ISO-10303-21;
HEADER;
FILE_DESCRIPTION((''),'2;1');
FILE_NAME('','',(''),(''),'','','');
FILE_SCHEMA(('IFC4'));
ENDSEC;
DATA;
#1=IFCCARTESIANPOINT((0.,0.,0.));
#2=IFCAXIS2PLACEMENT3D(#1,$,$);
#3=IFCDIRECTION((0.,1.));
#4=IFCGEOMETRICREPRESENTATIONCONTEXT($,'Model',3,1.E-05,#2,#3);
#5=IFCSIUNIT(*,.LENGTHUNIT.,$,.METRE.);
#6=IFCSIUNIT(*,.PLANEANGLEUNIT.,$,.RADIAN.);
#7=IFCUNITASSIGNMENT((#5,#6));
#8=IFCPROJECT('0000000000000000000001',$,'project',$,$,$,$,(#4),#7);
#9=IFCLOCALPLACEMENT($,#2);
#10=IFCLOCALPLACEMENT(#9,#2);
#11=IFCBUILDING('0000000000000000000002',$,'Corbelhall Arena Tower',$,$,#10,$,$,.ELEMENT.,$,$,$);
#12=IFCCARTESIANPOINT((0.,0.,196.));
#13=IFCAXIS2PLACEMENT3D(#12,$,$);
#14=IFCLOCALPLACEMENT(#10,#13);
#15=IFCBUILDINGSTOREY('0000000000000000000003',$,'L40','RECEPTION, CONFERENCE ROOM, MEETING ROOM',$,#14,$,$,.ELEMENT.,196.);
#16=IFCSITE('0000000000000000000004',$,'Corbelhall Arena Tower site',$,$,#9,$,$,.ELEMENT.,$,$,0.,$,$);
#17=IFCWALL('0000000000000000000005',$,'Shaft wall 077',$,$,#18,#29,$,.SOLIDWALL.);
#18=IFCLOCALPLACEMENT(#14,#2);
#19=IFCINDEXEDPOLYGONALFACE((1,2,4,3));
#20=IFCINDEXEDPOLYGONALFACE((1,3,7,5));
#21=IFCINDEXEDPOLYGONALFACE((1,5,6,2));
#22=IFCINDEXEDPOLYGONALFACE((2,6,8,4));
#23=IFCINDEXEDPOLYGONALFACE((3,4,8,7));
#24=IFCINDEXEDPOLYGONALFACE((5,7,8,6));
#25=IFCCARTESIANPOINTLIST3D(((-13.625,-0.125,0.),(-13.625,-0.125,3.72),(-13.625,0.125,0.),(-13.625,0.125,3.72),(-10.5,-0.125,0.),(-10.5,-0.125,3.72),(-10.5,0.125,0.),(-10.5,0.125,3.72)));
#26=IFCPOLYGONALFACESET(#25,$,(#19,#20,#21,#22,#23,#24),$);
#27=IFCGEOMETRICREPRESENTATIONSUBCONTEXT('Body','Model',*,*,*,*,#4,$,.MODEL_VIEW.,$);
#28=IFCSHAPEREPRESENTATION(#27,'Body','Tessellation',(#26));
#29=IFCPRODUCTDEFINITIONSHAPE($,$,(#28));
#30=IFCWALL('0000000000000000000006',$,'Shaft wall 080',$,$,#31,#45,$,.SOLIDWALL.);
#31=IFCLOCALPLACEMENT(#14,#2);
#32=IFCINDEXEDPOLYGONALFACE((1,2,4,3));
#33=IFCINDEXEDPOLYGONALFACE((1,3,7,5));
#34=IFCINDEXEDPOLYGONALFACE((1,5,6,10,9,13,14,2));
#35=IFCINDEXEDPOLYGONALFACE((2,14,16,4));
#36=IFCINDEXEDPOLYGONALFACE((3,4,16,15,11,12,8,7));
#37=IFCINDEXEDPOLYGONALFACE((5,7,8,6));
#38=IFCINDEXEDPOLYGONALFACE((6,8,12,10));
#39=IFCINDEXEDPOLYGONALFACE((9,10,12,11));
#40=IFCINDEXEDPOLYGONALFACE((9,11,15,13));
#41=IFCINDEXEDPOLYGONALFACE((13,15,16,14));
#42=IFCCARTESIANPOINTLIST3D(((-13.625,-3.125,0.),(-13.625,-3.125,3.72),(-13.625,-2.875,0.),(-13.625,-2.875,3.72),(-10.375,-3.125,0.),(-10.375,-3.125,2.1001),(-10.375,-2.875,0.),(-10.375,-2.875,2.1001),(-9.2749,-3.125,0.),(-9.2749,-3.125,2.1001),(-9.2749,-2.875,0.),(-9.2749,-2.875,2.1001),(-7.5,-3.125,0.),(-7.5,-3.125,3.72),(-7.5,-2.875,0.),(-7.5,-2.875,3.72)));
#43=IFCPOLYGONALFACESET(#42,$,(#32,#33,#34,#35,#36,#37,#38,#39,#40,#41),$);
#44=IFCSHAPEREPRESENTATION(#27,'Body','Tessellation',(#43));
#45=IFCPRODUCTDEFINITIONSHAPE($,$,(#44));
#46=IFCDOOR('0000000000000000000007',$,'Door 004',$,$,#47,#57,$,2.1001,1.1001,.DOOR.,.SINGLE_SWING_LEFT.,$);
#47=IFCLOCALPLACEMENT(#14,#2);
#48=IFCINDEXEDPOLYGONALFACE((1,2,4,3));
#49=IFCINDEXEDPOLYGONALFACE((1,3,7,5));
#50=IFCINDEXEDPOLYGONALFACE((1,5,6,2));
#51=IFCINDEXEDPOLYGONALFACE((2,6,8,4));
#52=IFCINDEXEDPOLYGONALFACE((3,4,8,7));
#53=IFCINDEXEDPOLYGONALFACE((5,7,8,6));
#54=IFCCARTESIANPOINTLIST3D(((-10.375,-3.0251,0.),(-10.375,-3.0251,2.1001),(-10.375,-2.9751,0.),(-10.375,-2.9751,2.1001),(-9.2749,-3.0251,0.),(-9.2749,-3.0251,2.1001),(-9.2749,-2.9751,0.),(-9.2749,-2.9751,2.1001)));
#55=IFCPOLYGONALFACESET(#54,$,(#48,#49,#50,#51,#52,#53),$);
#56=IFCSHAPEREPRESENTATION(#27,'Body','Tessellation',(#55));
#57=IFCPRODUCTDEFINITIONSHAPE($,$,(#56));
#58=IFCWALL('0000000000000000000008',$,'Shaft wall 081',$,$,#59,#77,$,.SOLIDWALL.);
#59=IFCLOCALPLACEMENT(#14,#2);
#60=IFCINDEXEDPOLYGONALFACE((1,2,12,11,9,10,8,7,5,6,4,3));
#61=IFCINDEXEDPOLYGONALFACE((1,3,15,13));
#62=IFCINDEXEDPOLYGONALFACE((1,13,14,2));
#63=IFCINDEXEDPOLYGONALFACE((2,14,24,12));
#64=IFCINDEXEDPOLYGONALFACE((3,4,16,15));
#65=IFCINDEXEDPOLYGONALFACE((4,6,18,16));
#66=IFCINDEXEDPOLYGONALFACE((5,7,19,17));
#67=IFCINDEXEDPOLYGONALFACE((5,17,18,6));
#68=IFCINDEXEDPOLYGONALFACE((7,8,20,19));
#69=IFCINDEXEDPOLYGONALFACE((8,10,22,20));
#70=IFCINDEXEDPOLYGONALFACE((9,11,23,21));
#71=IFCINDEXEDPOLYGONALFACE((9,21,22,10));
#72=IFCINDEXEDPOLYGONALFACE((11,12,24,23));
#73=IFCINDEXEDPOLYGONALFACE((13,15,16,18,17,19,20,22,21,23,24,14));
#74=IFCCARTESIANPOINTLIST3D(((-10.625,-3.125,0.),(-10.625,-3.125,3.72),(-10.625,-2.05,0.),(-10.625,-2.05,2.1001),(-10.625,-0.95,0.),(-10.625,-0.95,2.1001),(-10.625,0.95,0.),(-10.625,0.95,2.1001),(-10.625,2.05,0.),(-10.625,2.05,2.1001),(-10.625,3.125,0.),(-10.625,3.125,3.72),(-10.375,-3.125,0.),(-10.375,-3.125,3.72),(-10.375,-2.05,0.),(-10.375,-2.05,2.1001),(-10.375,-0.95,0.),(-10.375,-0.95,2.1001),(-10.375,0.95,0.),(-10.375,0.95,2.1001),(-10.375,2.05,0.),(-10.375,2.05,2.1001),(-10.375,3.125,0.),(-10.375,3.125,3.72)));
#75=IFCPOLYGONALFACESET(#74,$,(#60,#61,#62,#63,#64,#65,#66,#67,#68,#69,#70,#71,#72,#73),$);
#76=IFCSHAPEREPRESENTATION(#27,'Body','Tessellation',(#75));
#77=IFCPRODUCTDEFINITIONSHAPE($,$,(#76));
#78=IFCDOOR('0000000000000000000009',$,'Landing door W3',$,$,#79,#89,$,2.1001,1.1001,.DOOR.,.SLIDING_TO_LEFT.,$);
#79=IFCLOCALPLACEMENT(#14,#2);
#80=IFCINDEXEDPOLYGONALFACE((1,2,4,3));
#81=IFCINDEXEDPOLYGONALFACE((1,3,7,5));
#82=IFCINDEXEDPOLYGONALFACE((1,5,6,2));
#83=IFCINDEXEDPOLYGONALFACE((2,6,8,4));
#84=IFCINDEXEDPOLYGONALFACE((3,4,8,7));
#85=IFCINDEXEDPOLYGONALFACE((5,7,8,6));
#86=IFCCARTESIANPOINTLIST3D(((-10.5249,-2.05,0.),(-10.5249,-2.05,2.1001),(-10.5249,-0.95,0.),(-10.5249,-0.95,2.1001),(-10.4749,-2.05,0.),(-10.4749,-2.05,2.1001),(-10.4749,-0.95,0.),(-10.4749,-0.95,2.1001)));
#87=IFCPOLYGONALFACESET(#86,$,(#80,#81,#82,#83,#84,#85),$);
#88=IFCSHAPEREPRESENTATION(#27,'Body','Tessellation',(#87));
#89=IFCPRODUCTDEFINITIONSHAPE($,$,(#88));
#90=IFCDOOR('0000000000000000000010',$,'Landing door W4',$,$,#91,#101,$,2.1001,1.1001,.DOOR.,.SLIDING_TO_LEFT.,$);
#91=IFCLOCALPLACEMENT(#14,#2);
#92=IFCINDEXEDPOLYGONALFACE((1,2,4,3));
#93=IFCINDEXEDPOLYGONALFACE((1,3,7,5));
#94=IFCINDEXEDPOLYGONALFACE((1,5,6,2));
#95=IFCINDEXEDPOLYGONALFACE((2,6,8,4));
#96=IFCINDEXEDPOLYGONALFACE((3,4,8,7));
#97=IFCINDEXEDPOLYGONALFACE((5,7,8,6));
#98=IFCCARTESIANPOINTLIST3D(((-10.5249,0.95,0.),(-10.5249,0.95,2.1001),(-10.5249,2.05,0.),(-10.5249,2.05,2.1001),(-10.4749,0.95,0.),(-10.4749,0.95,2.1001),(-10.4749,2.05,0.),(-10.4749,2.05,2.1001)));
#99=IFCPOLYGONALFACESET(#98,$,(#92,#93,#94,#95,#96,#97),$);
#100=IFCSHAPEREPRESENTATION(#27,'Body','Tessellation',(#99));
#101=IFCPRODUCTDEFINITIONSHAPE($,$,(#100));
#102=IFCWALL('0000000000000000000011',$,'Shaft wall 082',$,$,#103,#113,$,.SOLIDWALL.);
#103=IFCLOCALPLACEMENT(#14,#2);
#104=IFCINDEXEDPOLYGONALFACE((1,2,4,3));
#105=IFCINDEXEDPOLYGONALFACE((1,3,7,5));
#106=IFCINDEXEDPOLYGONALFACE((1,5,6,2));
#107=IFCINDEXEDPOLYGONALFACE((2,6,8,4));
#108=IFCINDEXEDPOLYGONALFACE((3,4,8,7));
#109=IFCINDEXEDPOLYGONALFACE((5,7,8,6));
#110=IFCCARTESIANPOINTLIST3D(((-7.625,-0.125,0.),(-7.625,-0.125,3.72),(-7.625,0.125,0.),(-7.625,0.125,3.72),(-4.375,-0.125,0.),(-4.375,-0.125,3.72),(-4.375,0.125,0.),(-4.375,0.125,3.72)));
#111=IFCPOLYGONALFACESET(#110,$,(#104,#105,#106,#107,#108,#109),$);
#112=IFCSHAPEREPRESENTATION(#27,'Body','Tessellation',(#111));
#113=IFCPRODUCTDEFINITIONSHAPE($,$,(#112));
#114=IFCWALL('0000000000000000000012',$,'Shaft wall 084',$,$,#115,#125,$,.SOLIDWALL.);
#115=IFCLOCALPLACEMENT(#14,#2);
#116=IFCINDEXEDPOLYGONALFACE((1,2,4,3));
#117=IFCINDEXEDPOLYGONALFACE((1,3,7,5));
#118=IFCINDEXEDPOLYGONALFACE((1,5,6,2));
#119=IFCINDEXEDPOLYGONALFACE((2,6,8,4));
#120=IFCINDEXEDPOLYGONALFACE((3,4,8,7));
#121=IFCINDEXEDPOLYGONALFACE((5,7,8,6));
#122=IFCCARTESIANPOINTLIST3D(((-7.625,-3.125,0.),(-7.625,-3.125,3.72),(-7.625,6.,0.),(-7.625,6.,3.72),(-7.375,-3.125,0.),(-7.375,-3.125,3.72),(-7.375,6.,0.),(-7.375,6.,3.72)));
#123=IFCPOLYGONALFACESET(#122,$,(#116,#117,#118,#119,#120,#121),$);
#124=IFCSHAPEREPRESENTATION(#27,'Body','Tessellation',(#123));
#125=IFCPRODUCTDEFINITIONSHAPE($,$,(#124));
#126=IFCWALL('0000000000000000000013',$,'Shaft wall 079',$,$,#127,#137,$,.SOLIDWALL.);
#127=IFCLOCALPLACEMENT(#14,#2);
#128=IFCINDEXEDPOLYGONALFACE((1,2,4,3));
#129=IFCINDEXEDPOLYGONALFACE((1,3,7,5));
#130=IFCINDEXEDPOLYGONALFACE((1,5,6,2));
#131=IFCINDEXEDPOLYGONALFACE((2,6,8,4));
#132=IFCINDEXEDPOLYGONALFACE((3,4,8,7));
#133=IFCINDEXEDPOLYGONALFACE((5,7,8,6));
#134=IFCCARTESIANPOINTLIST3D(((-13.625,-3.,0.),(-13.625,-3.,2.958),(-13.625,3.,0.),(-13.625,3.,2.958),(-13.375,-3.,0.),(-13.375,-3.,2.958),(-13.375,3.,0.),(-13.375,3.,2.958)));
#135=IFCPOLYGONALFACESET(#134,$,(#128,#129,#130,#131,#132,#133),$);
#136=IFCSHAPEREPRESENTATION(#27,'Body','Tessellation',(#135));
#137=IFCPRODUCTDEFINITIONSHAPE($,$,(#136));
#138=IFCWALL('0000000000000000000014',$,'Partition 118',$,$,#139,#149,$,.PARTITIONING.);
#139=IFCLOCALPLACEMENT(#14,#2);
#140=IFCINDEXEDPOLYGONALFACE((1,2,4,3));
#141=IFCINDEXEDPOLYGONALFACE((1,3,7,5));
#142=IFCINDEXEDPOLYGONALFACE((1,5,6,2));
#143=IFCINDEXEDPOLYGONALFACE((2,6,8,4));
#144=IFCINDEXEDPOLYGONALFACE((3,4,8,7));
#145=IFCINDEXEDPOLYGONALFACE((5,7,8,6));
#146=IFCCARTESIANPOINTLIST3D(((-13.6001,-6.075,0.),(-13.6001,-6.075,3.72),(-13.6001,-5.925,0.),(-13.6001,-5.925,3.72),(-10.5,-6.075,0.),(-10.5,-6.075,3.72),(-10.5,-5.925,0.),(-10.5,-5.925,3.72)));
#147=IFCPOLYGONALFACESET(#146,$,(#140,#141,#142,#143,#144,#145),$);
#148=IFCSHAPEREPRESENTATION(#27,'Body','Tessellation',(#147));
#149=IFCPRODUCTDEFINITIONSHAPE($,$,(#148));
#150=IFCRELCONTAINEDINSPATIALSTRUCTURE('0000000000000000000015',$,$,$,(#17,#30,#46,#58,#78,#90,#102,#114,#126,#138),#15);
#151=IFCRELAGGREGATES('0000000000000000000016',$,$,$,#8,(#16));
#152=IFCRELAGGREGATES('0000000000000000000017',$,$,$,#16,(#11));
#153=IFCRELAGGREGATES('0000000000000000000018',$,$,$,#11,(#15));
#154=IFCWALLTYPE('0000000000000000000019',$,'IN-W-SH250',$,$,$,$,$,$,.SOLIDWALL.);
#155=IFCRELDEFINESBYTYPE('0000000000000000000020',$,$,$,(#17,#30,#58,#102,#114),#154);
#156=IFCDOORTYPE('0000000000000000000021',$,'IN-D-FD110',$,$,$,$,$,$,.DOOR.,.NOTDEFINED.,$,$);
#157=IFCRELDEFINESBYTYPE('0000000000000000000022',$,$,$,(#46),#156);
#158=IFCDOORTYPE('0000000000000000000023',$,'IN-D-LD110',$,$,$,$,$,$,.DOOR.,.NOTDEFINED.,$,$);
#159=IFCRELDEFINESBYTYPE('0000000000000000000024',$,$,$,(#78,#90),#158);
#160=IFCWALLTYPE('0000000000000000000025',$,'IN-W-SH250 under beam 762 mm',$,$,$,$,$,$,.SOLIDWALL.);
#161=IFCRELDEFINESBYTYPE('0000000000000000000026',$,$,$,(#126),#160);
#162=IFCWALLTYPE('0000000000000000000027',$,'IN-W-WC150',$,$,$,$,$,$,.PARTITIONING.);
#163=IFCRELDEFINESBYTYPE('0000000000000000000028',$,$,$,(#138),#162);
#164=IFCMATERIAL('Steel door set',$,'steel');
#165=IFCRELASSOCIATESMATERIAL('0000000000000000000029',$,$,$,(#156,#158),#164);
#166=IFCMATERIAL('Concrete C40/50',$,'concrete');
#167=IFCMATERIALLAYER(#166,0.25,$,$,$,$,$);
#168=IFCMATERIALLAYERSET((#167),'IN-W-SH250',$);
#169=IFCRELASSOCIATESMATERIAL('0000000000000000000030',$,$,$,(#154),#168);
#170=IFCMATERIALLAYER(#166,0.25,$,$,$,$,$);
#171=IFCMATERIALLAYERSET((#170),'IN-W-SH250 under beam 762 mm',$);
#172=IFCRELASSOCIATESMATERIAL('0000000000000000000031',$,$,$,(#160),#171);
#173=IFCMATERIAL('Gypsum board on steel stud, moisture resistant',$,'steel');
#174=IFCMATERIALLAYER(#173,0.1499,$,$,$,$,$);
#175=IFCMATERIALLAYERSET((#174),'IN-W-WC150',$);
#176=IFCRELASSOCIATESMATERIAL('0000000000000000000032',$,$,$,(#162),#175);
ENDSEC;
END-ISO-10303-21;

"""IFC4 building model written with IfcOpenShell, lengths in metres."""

from ifc_helpers import new_model, si_unit, direction, frame, frame_2d, origin, place, context, subcontext, project, spatial, rectangle, extrude, material, layer, layer_set, type_object, element, fill, save


model = new_model("IFC4")

# Units and contexts
model_context = context("Model", 3, precision=1e-05, world=origin(), true_north=direction((0.0, 1.0)))
body_context = subcontext(model_context, "Body", "Model", "MODEL_VIEW")
ifc_project = project(units=[si_unit("LENGTHUNIT", "METRE"), si_unit("PLANEANGLEUNIT", "RADIAN")], contexts=[model_context])

# Site, building, storey
site_placement = place(None, origin())
site = spatial("IfcSite", under=ifc_project, at=site_placement, Name="Corbelhall Arena Tower site", CompositionType="ELEMENT", RefElevation=0.0)
building_placement = place(site_placement, origin())
building = spatial("IfcBuilding", under=site, at=building_placement, Name="Corbelhall Arena Tower", CompositionType="ELEMENT")
storey_placement = place(building_placement, frame((0.0, 0.0, 196.0)))
storey = spatial("IfcBuildingStorey", under=building, at=storey_placement, Name="L40", Description="RECEPTION, CONFERENCE ROOM, MEETING ROOM", CompositionType="ELEMENT", Elevation=196.0)

# Shared definitions
ifc_material_1 = material(Name="Steel door set", Category="steel")
door_type_1 = type_object("IfcDoorType", Name="IN-D-FD110", OperationType="NOTDEFINED", PredefinedType="DOOR", material=ifc_material_1)

# Wall
ifc_material_2 = material(Name="Concrete C40/50", Category="concrete")
ifc_layer_1 = layer(ifc_material_2, 0.25)
ifc_layer_set_1 = layer_set([ifc_layer_1], Name="IN-W-SH250")
wall_type_1 = type_object("IfcWallType", Name="IN-W-SH250", PredefinedType="SOLIDWALL", material=ifc_layer_set_1)
wall_1_placement = place(storey_placement, frame((-13.625, 0.0, 0.0), z_axis=(0.0, 0.0, 1.0), x_axis=(1.0, 0.0, 0.0)))
element("IfcWall", 1, at=wall_1_placement, inside=storey, type_object=wall_type_1, Name="Shaft wall 077", PredefinedType="SOLIDWALL", context=body_context, shape_type="SweptSolid", body=[
    extrude(rectangle(XDim=3.125, YDim=0.25, at=frame_2d((1.5625, 0.0))), origin(), (0.0, 0.0, 1.0), 3.72),
])

# Wall, opening, door
wall_2_placement = place(storey_placement, frame((-13.625, -3.0, 0.0), z_axis=(0.0, 0.0, 1.0), x_axis=(1.0, 0.0, 0.0)))
wall_2 = element("IfcWall", 2, at=wall_2_placement, inside=storey, type_object=wall_type_1, Name="Shaft wall 080", PredefinedType="SOLIDWALL", context=body_context, shape_type="SweptSolid", body=[
    extrude(rectangle(XDim=6.125, YDim=0.25, at=frame_2d((3.0625, 0.0))), origin(), (0.0, 0.0, 1.0), 3.72),
])
opening_1_placement = place(wall_2_placement, frame((3.25, 0.0, 0.0)))
opening_1 = element("IfcOpeningElement", 3, at=opening_1_placement, cuts=wall_2, PredefinedType="OPENING", context=body_context, shape_type="SweptSolid", body=[
    extrude(rectangle(XDim=1.1001, YDim=2.1001, at=frame_2d((0.55, 1.05))), frame((0.0, 0.125, 0.0), z_axis=(0.0, -1.0, 0.0), x_axis=(1.0, 0.0, 0.0)), (0.0, 0.0, 1.0), 0.25),
])
door_1_placement = place(opening_1_placement, origin())
door_1 = element("IfcDoor", 4, at=door_1_placement, inside=storey, type_object=door_type_1, Name="Door 004", OperationType="SINGLE_SWING_LEFT", OverallHeight=2.1001, OverallWidth=1.1001, PredefinedType="DOOR", context=body_context, shape_type="SweptSolid", body=[
    extrude(rectangle(XDim=1.1001, YDim=2.1001, at=frame_2d((0.55, 1.05))), frame((0.0, 0.0249, 0.0), z_axis=(0.0, -1.0, 0.0), x_axis=(1.0, 0.0, 0.0)), (0.0, 0.0, 1.0), 0.05),
])
fill(opening_1, door_1)

# Wall, openings, doors
wall_3_placement = place(storey_placement, frame((-10.5, -3.125, 0.0), z_axis=(0.0, 0.0, 1.0), x_axis=(0.0, 1.0, 0.0)))
wall_3 = element("IfcWall", 5, at=wall_3_placement, inside=storey, type_object=wall_type_1, Name="Shaft wall 081", PredefinedType="SOLIDWALL", context=body_context, shape_type="SweptSolid", body=[
    extrude(rectangle(XDim=6.25, YDim=0.25, at=frame_2d((3.125, 0.0))), origin(), (0.0, 0.0, 1.0), 3.72),
])
opening_2_placement = place(wall_3_placement, frame((1.075, 0.0, 0.0)))
opening_2 = element("IfcOpeningElement", 6, at=opening_2_placement, cuts=wall_3, PredefinedType="OPENING", context=body_context, shape_type="SweptSolid", body=[
    extrude(rectangle(XDim=1.1001, YDim=2.1001, at=frame_2d((0.55, 1.05))), frame((0.0, 0.125, 0.0), z_axis=(0.0, -1.0, 0.0), x_axis=(1.0, 0.0, 0.0)), (0.0, 0.0, 1.0), 0.25),
])
opening_3_placement = place(wall_3_placement, frame((4.075, 0.0, 0.0)))
opening_3 = element("IfcOpeningElement", 7, at=opening_3_placement, cuts=wall_3, PredefinedType="OPENING", context=body_context, shape_type="SweptSolid", body=[
    extrude(rectangle(XDim=1.1001, YDim=2.1001, at=frame_2d((0.55, 1.05))), frame((0.0, 0.125, 0.0), z_axis=(0.0, -1.0, 0.0), x_axis=(1.0, 0.0, 0.0)), (0.0, 0.0, 1.0), 0.25),
])
door_type_2 = type_object("IfcDoorType", Name="IN-D-LD110", OperationType="NOTDEFINED", PredefinedType="DOOR", material=ifc_material_1)
door_2_placement = place(opening_2_placement, origin())
door_2 = element("IfcDoor", 8, at=door_2_placement, inside=storey, type_object=door_type_2, Name="Landing door W3", OperationType="SLIDING_TO_LEFT", OverallHeight=2.1001, OverallWidth=1.1001, PredefinedType="DOOR", context=body_context, shape_type="SweptSolid", body=[
    extrude(rectangle(XDim=1.1001, YDim=2.1001, at=frame_2d((0.55, 1.05))), frame((0.0, 0.0249, 0.0), z_axis=(0.0, -1.0, 0.0), x_axis=(1.0, 0.0, 0.0)), (0.0, 0.0, 1.0), 0.05),
])
fill(opening_2, door_2)
door_3_placement = place(opening_3_placement, origin())
door_3 = element("IfcDoor", 9, at=door_3_placement, inside=storey, type_object=door_type_2, Name="Landing door W4", OperationType="SLIDING_TO_LEFT", OverallHeight=2.1001, OverallWidth=1.1001, PredefinedType="DOOR", context=body_context, shape_type="SweptSolid", body=[
    extrude(rectangle(XDim=1.1001, YDim=2.1001, at=frame_2d((0.55, 1.05))), frame((0.0, 0.0249, 0.0), z_axis=(0.0, -1.0, 0.0), x_axis=(1.0, 0.0, 0.0)), (0.0, 0.0, 1.0), 0.05),
])
fill(opening_3, door_3)

# Walls
wall_4_placement = place(storey_placement, frame((-7.625, 0.0, 0.0), z_axis=(0.0, 0.0, 1.0), x_axis=(1.0, 0.0, 0.0)))
element("IfcWall", 10, at=wall_4_placement, inside=storey, type_object=wall_type_1, Name="Shaft wall 082", PredefinedType="SOLIDWALL", context=body_context, shape_type="SweptSolid", body=[
    extrude(rectangle(XDim=3.25, YDim=0.25, at=frame_2d((1.625, 0.0))), origin(), (0.0, 0.0, 1.0), 3.72),
])
wall_5_placement = place(storey_placement, frame((-7.5, -3.125, 0.0), z_axis=(0.0, 0.0, 1.0), x_axis=(0.0, 1.0, 0.0)))
element("IfcWall", 11, at=wall_5_placement, inside=storey, type_object=wall_type_1, Name="Shaft wall 084", PredefinedType="SOLIDWALL", context=body_context, shape_type="SweptSolid", body=[
    extrude(rectangle(XDim=9.125, YDim=0.25, at=frame_2d((4.5625, 0.0))), origin(), (0.0, 0.0, 1.0), 3.72),
])
ifc_layer_2 = layer(ifc_material_2, 0.25)
ifc_layer_set_2 = layer_set([ifc_layer_2], Name="IN-W-SH250 under beam 762 mm")
wall_type_2 = type_object("IfcWallType", Name="IN-W-SH250 under beam 762 mm", PredefinedType="SOLIDWALL", material=ifc_layer_set_2)
wall_6_placement = place(storey_placement, frame((-13.5, -3.0, 0.0), z_axis=(0.0, 0.0, 1.0), x_axis=(0.0, 1.0, 0.0)))
element("IfcWall", 12, at=wall_6_placement, inside=storey, type_object=wall_type_2, Name="Shaft wall 079", PredefinedType="SOLIDWALL", context=body_context, shape_type="SweptSolid", body=[
    extrude(rectangle(XDim=6.0, YDim=0.25, at=frame_2d((3.0, 0.0))), origin(), (0.0, 0.0, 1.0), 2.958),
])
ifc_material_3 = material(Name="Gypsum board on steel stud, moisture resistant", Category="steel")
ifc_layer_3 = layer(ifc_material_3, 0.1499)
ifc_layer_set_3 = layer_set([ifc_layer_3], Name="IN-W-WC150")
wall_type_3 = type_object("IfcWallType", Name="IN-W-WC150", PredefinedType="PARTITIONING", material=ifc_layer_set_3)
wall_7_placement = place(storey_placement, frame((-13.6001, -6.0, 0.0), z_axis=(0.0, 0.0, 1.0), x_axis=(1.0, 0.0, 0.0)))
element("IfcWall", 13, at=wall_7_placement, inside=storey, type_object=wall_type_3, Name="Partition 118", PredefinedType="PARTITIONING", context=body_context, shape_type="SweptSolid", body=[
    extrude(rectangle(XDim=3.1001, YDim=0.1499, at=frame_2d((1.55, 0.0))), origin(), (0.0, 0.0, 1.0), 3.72),
])

save(model, "model.ifc")
